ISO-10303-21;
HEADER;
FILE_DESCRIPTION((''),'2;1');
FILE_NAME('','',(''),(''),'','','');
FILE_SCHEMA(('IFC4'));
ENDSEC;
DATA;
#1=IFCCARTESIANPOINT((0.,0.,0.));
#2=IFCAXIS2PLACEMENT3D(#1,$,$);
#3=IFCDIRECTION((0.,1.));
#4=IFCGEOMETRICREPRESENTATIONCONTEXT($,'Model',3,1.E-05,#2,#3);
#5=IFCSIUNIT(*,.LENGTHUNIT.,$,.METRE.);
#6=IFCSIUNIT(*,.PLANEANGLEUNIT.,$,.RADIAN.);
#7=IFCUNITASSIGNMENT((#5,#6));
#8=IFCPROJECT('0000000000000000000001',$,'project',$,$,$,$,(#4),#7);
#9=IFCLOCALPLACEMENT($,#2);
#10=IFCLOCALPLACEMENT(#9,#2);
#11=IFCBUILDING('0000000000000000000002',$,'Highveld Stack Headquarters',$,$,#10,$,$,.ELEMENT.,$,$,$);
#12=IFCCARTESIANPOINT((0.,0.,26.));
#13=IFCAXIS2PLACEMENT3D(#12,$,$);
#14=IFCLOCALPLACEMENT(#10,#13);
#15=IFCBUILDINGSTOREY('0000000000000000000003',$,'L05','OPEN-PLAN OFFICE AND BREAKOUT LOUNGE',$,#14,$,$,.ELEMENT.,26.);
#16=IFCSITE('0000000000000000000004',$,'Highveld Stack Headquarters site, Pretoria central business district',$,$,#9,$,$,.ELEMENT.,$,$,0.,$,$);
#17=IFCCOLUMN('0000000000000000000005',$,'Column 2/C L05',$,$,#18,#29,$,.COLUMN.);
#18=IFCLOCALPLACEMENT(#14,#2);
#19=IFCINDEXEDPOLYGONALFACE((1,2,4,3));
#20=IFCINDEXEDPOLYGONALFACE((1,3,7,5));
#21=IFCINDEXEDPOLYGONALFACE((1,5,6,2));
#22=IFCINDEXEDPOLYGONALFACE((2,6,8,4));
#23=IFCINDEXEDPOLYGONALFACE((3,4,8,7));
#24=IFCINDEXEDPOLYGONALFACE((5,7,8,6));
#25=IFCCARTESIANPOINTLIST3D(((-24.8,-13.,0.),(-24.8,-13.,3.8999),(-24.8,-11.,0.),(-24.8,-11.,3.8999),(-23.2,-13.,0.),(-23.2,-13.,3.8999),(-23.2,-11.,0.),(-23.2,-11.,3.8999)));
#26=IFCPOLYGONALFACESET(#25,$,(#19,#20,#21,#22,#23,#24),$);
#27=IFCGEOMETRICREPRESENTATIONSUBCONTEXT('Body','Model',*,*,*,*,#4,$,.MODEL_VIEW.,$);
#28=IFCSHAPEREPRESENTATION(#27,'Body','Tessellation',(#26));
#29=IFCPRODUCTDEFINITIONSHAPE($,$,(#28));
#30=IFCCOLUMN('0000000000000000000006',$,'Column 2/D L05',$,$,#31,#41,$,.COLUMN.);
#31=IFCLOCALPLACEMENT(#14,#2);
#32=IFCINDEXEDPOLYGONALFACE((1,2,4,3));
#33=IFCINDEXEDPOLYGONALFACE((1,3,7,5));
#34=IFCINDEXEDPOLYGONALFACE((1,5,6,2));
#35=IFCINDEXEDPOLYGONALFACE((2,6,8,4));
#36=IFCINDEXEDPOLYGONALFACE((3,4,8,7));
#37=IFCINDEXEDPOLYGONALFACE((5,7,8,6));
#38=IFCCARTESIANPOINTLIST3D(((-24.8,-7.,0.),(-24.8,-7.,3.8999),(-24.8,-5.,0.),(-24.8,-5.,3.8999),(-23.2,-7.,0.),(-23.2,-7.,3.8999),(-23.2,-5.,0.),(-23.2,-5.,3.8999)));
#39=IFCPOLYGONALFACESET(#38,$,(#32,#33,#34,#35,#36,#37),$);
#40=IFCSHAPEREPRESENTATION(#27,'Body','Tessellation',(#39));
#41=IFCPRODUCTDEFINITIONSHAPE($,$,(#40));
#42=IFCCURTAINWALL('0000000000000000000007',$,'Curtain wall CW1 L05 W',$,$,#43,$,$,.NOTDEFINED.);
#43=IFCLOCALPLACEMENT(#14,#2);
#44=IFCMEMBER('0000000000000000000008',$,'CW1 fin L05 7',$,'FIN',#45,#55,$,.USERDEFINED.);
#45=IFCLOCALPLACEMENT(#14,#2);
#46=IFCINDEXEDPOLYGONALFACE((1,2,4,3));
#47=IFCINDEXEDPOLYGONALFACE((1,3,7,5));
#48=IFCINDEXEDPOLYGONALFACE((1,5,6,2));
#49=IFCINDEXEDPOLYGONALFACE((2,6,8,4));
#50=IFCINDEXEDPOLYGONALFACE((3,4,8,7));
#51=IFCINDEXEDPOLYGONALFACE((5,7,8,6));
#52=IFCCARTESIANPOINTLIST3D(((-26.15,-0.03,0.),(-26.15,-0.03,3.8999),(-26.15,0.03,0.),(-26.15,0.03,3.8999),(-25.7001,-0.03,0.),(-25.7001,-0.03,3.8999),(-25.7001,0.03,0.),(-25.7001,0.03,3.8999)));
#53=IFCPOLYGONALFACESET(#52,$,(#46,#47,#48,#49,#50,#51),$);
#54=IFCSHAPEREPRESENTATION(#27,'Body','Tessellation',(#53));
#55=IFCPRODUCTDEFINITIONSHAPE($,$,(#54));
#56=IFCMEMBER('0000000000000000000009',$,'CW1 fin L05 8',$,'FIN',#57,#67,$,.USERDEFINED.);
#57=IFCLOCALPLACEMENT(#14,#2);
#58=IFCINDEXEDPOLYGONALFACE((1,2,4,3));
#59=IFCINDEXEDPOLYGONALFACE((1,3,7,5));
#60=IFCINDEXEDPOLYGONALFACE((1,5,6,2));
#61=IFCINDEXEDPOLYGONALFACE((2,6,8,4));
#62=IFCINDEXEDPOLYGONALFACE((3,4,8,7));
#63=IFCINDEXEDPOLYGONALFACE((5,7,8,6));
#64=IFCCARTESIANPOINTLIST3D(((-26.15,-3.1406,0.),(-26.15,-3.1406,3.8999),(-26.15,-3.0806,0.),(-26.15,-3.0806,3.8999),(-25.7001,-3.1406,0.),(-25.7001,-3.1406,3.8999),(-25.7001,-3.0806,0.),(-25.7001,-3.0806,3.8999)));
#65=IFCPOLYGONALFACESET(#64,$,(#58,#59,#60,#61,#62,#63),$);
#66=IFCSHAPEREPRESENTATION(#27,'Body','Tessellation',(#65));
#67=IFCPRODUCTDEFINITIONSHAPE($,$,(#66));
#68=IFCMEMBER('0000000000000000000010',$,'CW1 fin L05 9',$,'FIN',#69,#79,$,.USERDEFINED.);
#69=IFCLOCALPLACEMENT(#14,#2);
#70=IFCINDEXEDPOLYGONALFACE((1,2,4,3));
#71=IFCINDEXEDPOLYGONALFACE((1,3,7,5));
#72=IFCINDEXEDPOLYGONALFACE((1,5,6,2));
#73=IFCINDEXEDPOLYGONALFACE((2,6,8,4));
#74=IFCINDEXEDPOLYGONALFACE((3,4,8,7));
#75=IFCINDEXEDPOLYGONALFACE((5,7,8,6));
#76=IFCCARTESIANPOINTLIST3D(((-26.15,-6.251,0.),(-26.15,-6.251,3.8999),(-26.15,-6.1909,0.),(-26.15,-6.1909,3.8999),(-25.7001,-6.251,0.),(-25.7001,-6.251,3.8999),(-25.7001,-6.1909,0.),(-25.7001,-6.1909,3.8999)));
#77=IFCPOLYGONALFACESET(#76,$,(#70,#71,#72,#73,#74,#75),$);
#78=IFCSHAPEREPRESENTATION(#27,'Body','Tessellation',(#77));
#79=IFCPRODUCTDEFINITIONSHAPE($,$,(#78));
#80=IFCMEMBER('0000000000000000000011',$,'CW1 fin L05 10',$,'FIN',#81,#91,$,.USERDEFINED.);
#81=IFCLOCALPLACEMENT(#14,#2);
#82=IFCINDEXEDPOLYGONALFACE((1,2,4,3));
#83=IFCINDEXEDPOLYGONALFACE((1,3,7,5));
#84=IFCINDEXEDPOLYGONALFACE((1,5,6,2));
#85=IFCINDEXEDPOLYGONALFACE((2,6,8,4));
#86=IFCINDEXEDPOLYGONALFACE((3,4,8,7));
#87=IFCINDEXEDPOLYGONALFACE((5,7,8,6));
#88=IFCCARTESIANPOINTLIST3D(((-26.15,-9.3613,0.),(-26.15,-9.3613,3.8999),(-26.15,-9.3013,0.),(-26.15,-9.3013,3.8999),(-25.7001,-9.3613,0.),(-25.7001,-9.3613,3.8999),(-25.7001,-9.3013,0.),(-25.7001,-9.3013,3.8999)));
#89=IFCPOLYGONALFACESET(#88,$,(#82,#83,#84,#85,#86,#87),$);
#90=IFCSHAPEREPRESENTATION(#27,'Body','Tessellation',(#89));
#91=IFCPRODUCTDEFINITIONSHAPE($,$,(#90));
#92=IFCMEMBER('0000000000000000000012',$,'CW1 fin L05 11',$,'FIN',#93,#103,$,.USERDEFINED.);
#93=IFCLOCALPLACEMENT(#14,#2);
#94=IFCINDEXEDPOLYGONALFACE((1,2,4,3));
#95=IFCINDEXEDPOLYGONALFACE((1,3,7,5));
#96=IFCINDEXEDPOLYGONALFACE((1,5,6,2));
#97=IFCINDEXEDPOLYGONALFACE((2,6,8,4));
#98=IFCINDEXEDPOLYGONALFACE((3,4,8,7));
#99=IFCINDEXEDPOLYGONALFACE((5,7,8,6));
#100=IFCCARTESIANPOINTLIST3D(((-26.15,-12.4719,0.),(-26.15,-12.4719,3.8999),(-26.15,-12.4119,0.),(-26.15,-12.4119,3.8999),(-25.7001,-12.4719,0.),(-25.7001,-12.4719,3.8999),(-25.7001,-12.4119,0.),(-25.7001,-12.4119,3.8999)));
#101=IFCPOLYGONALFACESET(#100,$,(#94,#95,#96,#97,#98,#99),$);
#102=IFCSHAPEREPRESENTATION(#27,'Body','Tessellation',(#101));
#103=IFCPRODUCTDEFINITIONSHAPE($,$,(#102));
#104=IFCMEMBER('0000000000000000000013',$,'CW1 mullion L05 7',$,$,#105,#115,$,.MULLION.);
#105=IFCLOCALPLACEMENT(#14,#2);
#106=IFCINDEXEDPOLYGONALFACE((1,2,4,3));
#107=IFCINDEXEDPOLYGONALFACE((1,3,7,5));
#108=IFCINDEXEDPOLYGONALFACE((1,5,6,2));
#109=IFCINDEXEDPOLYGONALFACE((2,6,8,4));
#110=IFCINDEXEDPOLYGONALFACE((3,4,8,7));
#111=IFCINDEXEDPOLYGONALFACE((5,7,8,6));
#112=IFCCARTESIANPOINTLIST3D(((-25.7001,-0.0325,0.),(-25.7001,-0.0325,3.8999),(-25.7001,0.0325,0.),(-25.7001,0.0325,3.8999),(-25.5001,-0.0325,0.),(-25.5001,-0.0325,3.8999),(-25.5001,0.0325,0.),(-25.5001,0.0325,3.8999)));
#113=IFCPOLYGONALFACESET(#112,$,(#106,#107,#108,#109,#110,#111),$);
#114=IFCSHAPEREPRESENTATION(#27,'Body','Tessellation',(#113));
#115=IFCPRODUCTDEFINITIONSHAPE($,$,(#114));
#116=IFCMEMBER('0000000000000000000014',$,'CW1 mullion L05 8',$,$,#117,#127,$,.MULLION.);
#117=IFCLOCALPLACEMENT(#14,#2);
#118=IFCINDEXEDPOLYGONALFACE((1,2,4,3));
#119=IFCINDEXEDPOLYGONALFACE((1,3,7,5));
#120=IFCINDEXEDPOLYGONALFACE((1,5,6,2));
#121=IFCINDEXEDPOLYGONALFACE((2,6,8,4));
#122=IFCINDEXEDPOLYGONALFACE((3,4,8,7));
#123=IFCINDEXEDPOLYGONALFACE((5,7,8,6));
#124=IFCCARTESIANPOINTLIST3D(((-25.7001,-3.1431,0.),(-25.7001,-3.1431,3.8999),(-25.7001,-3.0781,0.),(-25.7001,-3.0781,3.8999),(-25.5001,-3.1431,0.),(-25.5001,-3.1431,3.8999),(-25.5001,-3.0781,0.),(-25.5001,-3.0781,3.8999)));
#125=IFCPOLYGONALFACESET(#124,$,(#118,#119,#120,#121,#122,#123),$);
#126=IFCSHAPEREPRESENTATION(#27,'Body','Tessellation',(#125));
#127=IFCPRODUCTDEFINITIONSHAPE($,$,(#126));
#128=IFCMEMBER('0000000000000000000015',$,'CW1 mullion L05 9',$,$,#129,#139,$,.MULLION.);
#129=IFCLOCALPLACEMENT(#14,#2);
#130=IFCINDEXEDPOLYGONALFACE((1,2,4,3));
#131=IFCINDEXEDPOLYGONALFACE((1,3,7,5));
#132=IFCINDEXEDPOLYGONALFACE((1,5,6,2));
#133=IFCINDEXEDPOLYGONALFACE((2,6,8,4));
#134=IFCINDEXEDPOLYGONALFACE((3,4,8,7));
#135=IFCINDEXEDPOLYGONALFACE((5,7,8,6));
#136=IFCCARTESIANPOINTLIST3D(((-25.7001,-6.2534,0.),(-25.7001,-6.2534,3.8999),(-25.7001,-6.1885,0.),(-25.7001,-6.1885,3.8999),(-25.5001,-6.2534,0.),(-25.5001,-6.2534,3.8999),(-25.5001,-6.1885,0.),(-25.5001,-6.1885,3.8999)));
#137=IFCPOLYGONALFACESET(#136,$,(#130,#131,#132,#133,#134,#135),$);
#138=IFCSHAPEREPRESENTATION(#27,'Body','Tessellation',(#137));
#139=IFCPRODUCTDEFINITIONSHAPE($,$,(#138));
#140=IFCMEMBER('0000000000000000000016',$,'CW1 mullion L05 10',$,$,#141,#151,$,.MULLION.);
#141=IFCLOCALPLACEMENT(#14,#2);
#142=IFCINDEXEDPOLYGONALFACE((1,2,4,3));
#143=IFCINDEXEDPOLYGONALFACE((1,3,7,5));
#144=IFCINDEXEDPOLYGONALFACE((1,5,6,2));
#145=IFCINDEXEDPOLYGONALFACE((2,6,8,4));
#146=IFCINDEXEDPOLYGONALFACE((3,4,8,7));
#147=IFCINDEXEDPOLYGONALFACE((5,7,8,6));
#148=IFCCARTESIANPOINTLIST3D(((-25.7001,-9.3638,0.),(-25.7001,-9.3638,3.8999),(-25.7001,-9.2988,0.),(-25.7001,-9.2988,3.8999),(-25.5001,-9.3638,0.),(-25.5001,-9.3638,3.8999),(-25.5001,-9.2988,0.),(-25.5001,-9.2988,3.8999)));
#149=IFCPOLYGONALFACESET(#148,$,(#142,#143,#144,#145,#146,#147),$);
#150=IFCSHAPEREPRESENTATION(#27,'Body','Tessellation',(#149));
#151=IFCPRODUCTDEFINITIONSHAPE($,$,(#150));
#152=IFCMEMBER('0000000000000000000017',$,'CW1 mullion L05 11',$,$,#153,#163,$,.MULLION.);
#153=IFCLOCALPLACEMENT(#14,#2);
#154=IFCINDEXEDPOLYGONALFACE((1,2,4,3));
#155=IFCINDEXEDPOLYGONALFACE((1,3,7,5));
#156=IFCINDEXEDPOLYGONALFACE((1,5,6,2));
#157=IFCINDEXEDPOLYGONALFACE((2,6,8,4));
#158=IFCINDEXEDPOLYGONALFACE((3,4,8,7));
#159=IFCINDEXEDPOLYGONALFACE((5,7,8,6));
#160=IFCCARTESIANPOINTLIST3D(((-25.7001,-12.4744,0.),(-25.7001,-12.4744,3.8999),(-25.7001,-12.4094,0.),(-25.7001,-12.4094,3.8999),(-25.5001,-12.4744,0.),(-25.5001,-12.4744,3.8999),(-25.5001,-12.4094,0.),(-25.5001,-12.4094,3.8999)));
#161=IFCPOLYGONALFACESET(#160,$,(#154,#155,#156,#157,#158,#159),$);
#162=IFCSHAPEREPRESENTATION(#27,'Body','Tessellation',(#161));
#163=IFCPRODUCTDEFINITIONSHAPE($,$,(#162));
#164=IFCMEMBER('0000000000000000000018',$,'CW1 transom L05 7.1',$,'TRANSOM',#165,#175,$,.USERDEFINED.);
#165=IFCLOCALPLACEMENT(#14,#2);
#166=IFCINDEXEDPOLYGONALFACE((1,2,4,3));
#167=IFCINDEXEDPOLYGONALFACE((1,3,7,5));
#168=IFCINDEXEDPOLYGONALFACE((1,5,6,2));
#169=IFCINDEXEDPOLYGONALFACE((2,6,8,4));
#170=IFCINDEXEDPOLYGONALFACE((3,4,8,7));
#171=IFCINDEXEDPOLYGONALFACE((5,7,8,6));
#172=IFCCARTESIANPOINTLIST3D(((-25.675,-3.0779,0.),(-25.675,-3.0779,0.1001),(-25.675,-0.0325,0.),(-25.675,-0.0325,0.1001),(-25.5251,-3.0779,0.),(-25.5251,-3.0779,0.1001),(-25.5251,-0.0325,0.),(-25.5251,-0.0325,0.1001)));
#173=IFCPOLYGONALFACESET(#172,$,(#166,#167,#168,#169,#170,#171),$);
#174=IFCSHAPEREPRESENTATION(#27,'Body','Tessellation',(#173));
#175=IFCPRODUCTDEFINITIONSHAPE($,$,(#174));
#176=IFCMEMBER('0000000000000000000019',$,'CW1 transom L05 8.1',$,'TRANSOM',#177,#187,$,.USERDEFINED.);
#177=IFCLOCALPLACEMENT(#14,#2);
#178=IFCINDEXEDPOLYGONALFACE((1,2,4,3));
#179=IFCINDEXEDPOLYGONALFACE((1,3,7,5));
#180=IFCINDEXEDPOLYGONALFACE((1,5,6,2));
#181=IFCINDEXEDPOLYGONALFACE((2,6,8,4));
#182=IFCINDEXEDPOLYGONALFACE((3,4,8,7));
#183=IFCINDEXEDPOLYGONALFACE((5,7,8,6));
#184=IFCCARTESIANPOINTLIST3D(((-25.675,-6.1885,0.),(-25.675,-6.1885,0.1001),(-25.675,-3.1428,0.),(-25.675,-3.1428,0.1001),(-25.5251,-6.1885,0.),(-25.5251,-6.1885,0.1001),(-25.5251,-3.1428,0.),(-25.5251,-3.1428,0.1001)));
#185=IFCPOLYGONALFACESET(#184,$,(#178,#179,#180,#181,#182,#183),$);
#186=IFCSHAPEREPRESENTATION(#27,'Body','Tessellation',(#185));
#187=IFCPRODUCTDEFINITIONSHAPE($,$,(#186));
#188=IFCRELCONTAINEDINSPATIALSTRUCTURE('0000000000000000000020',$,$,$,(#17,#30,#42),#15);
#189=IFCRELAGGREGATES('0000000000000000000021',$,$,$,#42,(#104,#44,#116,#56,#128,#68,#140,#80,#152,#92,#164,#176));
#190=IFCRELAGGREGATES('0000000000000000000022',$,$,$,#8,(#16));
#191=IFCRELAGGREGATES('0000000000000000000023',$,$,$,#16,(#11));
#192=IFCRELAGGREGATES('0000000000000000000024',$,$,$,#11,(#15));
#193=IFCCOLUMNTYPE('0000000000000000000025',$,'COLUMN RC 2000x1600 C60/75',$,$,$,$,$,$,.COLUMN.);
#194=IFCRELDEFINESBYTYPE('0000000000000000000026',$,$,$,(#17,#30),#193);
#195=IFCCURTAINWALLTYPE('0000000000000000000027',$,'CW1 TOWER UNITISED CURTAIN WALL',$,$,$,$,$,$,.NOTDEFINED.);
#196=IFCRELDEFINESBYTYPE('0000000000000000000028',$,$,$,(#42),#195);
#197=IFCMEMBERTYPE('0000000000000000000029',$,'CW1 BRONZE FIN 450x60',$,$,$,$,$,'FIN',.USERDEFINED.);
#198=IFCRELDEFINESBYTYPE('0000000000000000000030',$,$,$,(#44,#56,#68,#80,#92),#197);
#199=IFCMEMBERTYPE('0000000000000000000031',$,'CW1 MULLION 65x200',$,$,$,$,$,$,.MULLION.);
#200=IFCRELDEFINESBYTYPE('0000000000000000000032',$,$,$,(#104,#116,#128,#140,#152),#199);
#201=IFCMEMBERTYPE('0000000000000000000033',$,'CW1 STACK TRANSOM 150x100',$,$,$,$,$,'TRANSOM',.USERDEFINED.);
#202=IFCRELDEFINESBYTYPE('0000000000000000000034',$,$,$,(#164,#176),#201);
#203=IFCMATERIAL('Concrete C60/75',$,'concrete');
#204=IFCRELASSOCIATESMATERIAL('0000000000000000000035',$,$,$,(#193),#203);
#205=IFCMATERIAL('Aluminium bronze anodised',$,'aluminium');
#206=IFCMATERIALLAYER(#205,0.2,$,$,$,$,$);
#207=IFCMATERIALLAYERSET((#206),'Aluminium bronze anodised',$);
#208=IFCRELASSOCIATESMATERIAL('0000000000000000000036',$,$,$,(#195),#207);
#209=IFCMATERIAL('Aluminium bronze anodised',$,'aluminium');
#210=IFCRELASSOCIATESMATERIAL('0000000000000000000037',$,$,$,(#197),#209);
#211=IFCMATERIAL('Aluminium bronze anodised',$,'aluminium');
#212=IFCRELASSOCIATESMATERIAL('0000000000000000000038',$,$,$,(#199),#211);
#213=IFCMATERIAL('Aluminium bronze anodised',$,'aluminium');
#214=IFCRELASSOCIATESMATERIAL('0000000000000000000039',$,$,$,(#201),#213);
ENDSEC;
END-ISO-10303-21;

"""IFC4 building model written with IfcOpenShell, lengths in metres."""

from ifc_helpers import new_model, si_unit, direction, frame, origin, origin_2d, place, context, subcontext, project, spatial, rectangle, extrude, material, layer, layer_set, material_profile, profile_set, type_object, element, aggregate, save


model = new_model("IFC4")

# Units and contexts
model_context = context("Model", 3, precision=1e-05, world=origin(), true_north=direction((0.0, 1.0)))
body_context = subcontext(model_context, "Body", "Model", "MODEL_VIEW")
ifc_project = project(units=[si_unit("LENGTHUNIT", "METRE"), si_unit("PLANEANGLEUNIT", "RADIAN")], contexts=[model_context])

# Site, building, storey
site_placement = place(None, origin())
site = spatial("IfcSite", under=ifc_project, at=site_placement, Name="Highveld Stack Headquarters site, Pretoria central business district", CompositionType="ELEMENT", RefElevation=0.0)
building_placement = place(site_placement, origin())
building = spatial("IfcBuilding", under=site, at=building_placement, Name="Highveld Stack Headquarters", CompositionType="ELEMENT")
storey_placement = place(building_placement, frame((0.0, 0.0, 26.0)))
storey = spatial("IfcBuildingStorey", under=building, at=storey_placement, Name="L05", Description="OPEN-PLAN OFFICE AND BREAKOUT LOUNGE", CompositionType="ELEMENT", Elevation=26.0)

# Columns
ifc_material_1 = material(Name="Concrete C60/75", Category="concrete")
ifc_material_profile_1 = material_profile(ifc_material_1, rectangle(XDim=2.0, YDim=1.6001, at=origin_2d()), Name="RC 2000x1600")
ifc_profile_set_1 = profile_set([ifc_material_profile_1], Name="Concrete C60/75")
column_type = type_object("IfcColumnType", Name="COLUMN RC 2000x1600 C60/75", PredefinedType="COLUMN", material=ifc_profile_set_1)
for number, where, z_axis, x_axis, name in (
    (1, (-24.0, -12.0, 0.0), (0.0, 0.0, 1.0), (0.0, 1.0, 0.0), "Column 2/C L05"),
    (2, (-24.0, -6.0, 0.0), (0.0, 0.0, 1.0), (0.0, 1.0, 0.0), "Column 2/D L05"),
):
    element("IfcColumn", number, at=place(storey_placement, frame(where, z_axis=z_axis, x_axis=x_axis)), inside=storey, type_object=column_type, Name=name, PredefinedType="COLUMN", context=body_context, shape_type="SweptSolid", body=[
        extrude(rectangle(XDim=2.0, YDim=1.6001, at=origin_2d()), origin(), (0.0, 0.0, 1.0), 3.8999),
    ])

# Curtain wall, members
ifc_material_2 = material(Name="Aluminium bronze anodised", Category="aluminium")
ifc_layer_1 = layer(ifc_material_2, 0.2)
ifc_layer_set_1 = layer_set([ifc_layer_1], Name="Aluminium bronze anodised")
curtain_wall_type = type_object("IfcCurtainWallType", Name="CW1 TOWER UNITISED CURTAIN WALL", PredefinedType="NOTDEFINED", material=ifc_layer_set_1)
curtain_wall_placement = place(storey_placement, origin())
curtain_wall = element("IfcCurtainWall", 3, at=curtain_wall_placement, inside=storey, type_object=curtain_wall_type, Name="Curtain wall CW1 L05 W", PredefinedType="NOTDEFINED")
ifc_material_3 = material(Name="Aluminium bronze anodised", Category="aluminium")
ifc_material_profile_2 = material_profile(ifc_material_3, rectangle(XDim=0.45, YDim=0.0601, at=origin_2d()), Name="FIN 450x60")
ifc_profile_set_2 = profile_set([ifc_material_profile_2], Name="Aluminium bronze anodised")
member_type_1 = type_object("IfcMemberType", Name="CW1 BRONZE FIN 450x60", ElementType="FIN", PredefinedType="USERDEFINED", material=ifc_profile_set_2)
member_1_placement = place(storey_placement, frame((-25.925, 0.0, 0.0), z_axis=(0.0, 0.0, 1.0), x_axis=(1.0, 0.0, 0.0)))
member_1 = element("IfcMember", 4, at=member_1_placement, type_object=member_type_1, Name="CW1 fin L05 7", ObjectType="FIN", PredefinedType="USERDEFINED", context=body_context, shape_type="SweptSolid", body=[
    extrude(rectangle(XDim=0.45, YDim=0.0601, at=origin_2d()), origin(), (0.0, 0.0, 1.0), 3.8999),
])
member_2_placement = place(storey_placement, frame((-25.925, -3.1106, 0.0), z_axis=(0.0, 0.0, 1.0), x_axis=(1.0, 0.0, 0.0)))
member_2 = element("IfcMember", 5, at=member_2_placement, type_object=member_type_1, Name="CW1 fin L05 8", ObjectType="FIN", PredefinedType="USERDEFINED", context=body_context, shape_type="SweptSolid", body=[
    extrude(rectangle(XDim=0.45, YDim=0.0601, at=origin_2d()), origin(), (0.0, 0.0, 1.0), 3.8999),
])
member_3_placement = place(storey_placement, frame((-25.925, -6.2209, 0.0), z_axis=(0.0, 0.0, 1.0), x_axis=(1.0, 0.0, 0.0)))
member_3 = element("IfcMember", 6, at=member_3_placement, type_object=member_type_1, Name="CW1 fin L05 9", ObjectType="FIN", PredefinedType="USERDEFINED", context=body_context, shape_type="SweptSolid", body=[
    extrude(rectangle(XDim=0.45, YDim=0.0601, at=origin_2d()), origin(), (0.0, 0.0, 1.0), 3.8999),
])
member_4_placement = place(storey_placement, frame((-25.925, -9.3313, 0.0), z_axis=(0.0, 0.0, 1.0), x_axis=(1.0, 0.0, 0.0)))
member_4 = element("IfcMember", 7, at=member_4_placement, type_object=member_type_1, Name="CW1 fin L05 10", ObjectType="FIN", PredefinedType="USERDEFINED", context=body_context, shape_type="SweptSolid", body=[
    extrude(rectangle(XDim=0.45, YDim=0.0601, at=origin_2d()), origin(), (0.0, 0.0, 1.0), 3.8999),
])
member_5_placement = place(storey_placement, frame((-25.925, -12.4419, 0.0), z_axis=(0.0, 0.0, 1.0), x_axis=(1.0, 0.0, 0.0)))
member_5 = element("IfcMember", 8, at=member_5_placement, type_object=member_type_1, Name="CW1 fin L05 11", ObjectType="FIN", PredefinedType="USERDEFINED", context=body_context, shape_type="SweptSolid", body=[
    extrude(rectangle(XDim=0.45, YDim=0.0601, at=origin_2d()), origin(), (0.0, 0.0, 1.0), 3.8999),
])
ifc_material_4 = material(Name="Aluminium bronze anodised", Category="aluminium")
ifc_material_profile_3 = material_profile(ifc_material_4, rectangle(XDim=0.2, YDim=0.0649, at=origin_2d()), Name="CW1 MULLION 65x200")
ifc_profile_set_3 = profile_set([ifc_material_profile_3], Name="Aluminium bronze anodised")
member_type_2 = type_object("IfcMemberType", Name="CW1 MULLION 65x200", PredefinedType="MULLION", material=ifc_profile_set_3)
member_6_placement = place(storey_placement, frame((-25.6001, 0.0, 0.0), z_axis=(0.0, 0.0, 1.0), x_axis=(1.0, 0.0, 0.0)))
member_6 = element("IfcMember", 9, at=member_6_placement, type_object=member_type_2, Name="CW1 mullion L05 7", PredefinedType="MULLION", context=body_context, shape_type="SweptSolid", body=[
    extrude(rectangle(XDim=0.2, YDim=0.0649, at=origin_2d()), origin(), (0.0, 0.0, 1.0), 3.8999),
])
member_7_placement = place(storey_placement, frame((-25.6001, -3.1106, 0.0), z_axis=(0.0, 0.0, 1.0), x_axis=(1.0, 0.0, 0.0)))
member_7 = element("IfcMember", 10, at=member_7_placement, type_object=member_type_2, Name="CW1 mullion L05 8", PredefinedType="MULLION", context=body_context, shape_type="SweptSolid", body=[
    extrude(rectangle(XDim=0.2, YDim=0.0649, at=origin_2d()), origin(), (0.0, 0.0, 1.0), 3.8999),
])
member_8_placement = place(storey_placement, frame((-25.6001, -6.2209, 0.0), z_axis=(0.0, 0.0, 1.0), x_axis=(1.0, 0.0, 0.0)))
member_8 = element("IfcMember", 11, at=member_8_placement, type_object=member_type_2, Name="CW1 mullion L05 9", PredefinedType="MULLION", context=body_context, shape_type="SweptSolid", body=[
    extrude(rectangle(XDim=0.2, YDim=0.0649, at=origin_2d()), origin(), (0.0, 0.0, 1.0), 3.8999),
])
member_9_placement = place(storey_placement, frame((-25.6001, -9.3313, 0.0), z_axis=(0.0, 0.0, 1.0), x_axis=(1.0, 0.0, 0.0)))
member_9 = element("IfcMember", 12, at=member_9_placement, type_object=member_type_2, Name="CW1 mullion L05 10", PredefinedType="MULLION", context=body_context, shape_type="SweptSolid", body=[
    extrude(rectangle(XDim=0.2, YDim=0.0649, at=origin_2d()), origin(), (0.0, 0.0, 1.0), 3.8999),
])
member_10_placement = place(storey_placement, frame((-25.6001, -12.4419, 0.0), z_axis=(0.0, 0.0, 1.0), x_axis=(1.0, 0.0, 0.0)))
member_10 = element("IfcMember", 13, at=member_10_placement, type_object=member_type_2, Name="CW1 mullion L05 11", PredefinedType="MULLION", context=body_context, shape_type="SweptSolid", body=[
    extrude(rectangle(XDim=0.2, YDim=0.0649, at=origin_2d()), origin(), (0.0, 0.0, 1.0), 3.8999),
])
ifc_material_5 = material(Name="Aluminium bronze anodised", Category="aluminium")
ifc_material_profile_4 = material_profile(ifc_material_5, rectangle(XDim=0.1499, YDim=0.1001, at=origin_2d()), Name="CW1 TRANSOM 150x100")
ifc_profile_set_4 = profile_set([ifc_material_profile_4], Name="Aluminium bronze anodised")
member_type_3 = type_object("IfcMemberType", Name="CW1 STACK TRANSOM 150x100", ElementType="TRANSOM", PredefinedType="USERDEFINED", material=ifc_profile_set_4)
member_11_placement = place(storey_placement, frame((-25.6001, -0.0325, 0.05), z_axis=(0.0, -1.0, 0.0), x_axis=(1.0, 0.0, 0.0)))
member_11 = element("IfcMember", 14, at=member_11_placement, type_object=member_type_3, Name="CW1 transom L05 7.1", ObjectType="TRANSOM", PredefinedType="USERDEFINED", context=body_context, shape_type="SweptSolid", body=[
    extrude(rectangle(XDim=0.1499, YDim=0.1001, at=origin_2d()), origin(), (0.0, 0.0, 1.0), 3.0454),
])
member_12_placement = place(storey_placement, frame((-25.6001, -3.1428, 0.05), z_axis=(0.0, -1.0, 0.0), x_axis=(1.0, 0.0, 0.0)))
member_12 = element("IfcMember", 15, at=member_12_placement, type_object=member_type_3, Name="CW1 transom L05 8.1", ObjectType="TRANSOM", PredefinedType="USERDEFINED", context=body_context, shape_type="SweptSolid", body=[
    extrude(rectangle(XDim=0.1499, YDim=0.1001, at=origin_2d()), origin(), (0.0, 0.0, 1.0), 3.0457),
])
aggregate(curtain_wall, [member_6, member_1, member_7, member_2, member_8, member_3, member_9, member_4, member_10, member_5, member_11, member_12])

save(model, "model.ifc")
